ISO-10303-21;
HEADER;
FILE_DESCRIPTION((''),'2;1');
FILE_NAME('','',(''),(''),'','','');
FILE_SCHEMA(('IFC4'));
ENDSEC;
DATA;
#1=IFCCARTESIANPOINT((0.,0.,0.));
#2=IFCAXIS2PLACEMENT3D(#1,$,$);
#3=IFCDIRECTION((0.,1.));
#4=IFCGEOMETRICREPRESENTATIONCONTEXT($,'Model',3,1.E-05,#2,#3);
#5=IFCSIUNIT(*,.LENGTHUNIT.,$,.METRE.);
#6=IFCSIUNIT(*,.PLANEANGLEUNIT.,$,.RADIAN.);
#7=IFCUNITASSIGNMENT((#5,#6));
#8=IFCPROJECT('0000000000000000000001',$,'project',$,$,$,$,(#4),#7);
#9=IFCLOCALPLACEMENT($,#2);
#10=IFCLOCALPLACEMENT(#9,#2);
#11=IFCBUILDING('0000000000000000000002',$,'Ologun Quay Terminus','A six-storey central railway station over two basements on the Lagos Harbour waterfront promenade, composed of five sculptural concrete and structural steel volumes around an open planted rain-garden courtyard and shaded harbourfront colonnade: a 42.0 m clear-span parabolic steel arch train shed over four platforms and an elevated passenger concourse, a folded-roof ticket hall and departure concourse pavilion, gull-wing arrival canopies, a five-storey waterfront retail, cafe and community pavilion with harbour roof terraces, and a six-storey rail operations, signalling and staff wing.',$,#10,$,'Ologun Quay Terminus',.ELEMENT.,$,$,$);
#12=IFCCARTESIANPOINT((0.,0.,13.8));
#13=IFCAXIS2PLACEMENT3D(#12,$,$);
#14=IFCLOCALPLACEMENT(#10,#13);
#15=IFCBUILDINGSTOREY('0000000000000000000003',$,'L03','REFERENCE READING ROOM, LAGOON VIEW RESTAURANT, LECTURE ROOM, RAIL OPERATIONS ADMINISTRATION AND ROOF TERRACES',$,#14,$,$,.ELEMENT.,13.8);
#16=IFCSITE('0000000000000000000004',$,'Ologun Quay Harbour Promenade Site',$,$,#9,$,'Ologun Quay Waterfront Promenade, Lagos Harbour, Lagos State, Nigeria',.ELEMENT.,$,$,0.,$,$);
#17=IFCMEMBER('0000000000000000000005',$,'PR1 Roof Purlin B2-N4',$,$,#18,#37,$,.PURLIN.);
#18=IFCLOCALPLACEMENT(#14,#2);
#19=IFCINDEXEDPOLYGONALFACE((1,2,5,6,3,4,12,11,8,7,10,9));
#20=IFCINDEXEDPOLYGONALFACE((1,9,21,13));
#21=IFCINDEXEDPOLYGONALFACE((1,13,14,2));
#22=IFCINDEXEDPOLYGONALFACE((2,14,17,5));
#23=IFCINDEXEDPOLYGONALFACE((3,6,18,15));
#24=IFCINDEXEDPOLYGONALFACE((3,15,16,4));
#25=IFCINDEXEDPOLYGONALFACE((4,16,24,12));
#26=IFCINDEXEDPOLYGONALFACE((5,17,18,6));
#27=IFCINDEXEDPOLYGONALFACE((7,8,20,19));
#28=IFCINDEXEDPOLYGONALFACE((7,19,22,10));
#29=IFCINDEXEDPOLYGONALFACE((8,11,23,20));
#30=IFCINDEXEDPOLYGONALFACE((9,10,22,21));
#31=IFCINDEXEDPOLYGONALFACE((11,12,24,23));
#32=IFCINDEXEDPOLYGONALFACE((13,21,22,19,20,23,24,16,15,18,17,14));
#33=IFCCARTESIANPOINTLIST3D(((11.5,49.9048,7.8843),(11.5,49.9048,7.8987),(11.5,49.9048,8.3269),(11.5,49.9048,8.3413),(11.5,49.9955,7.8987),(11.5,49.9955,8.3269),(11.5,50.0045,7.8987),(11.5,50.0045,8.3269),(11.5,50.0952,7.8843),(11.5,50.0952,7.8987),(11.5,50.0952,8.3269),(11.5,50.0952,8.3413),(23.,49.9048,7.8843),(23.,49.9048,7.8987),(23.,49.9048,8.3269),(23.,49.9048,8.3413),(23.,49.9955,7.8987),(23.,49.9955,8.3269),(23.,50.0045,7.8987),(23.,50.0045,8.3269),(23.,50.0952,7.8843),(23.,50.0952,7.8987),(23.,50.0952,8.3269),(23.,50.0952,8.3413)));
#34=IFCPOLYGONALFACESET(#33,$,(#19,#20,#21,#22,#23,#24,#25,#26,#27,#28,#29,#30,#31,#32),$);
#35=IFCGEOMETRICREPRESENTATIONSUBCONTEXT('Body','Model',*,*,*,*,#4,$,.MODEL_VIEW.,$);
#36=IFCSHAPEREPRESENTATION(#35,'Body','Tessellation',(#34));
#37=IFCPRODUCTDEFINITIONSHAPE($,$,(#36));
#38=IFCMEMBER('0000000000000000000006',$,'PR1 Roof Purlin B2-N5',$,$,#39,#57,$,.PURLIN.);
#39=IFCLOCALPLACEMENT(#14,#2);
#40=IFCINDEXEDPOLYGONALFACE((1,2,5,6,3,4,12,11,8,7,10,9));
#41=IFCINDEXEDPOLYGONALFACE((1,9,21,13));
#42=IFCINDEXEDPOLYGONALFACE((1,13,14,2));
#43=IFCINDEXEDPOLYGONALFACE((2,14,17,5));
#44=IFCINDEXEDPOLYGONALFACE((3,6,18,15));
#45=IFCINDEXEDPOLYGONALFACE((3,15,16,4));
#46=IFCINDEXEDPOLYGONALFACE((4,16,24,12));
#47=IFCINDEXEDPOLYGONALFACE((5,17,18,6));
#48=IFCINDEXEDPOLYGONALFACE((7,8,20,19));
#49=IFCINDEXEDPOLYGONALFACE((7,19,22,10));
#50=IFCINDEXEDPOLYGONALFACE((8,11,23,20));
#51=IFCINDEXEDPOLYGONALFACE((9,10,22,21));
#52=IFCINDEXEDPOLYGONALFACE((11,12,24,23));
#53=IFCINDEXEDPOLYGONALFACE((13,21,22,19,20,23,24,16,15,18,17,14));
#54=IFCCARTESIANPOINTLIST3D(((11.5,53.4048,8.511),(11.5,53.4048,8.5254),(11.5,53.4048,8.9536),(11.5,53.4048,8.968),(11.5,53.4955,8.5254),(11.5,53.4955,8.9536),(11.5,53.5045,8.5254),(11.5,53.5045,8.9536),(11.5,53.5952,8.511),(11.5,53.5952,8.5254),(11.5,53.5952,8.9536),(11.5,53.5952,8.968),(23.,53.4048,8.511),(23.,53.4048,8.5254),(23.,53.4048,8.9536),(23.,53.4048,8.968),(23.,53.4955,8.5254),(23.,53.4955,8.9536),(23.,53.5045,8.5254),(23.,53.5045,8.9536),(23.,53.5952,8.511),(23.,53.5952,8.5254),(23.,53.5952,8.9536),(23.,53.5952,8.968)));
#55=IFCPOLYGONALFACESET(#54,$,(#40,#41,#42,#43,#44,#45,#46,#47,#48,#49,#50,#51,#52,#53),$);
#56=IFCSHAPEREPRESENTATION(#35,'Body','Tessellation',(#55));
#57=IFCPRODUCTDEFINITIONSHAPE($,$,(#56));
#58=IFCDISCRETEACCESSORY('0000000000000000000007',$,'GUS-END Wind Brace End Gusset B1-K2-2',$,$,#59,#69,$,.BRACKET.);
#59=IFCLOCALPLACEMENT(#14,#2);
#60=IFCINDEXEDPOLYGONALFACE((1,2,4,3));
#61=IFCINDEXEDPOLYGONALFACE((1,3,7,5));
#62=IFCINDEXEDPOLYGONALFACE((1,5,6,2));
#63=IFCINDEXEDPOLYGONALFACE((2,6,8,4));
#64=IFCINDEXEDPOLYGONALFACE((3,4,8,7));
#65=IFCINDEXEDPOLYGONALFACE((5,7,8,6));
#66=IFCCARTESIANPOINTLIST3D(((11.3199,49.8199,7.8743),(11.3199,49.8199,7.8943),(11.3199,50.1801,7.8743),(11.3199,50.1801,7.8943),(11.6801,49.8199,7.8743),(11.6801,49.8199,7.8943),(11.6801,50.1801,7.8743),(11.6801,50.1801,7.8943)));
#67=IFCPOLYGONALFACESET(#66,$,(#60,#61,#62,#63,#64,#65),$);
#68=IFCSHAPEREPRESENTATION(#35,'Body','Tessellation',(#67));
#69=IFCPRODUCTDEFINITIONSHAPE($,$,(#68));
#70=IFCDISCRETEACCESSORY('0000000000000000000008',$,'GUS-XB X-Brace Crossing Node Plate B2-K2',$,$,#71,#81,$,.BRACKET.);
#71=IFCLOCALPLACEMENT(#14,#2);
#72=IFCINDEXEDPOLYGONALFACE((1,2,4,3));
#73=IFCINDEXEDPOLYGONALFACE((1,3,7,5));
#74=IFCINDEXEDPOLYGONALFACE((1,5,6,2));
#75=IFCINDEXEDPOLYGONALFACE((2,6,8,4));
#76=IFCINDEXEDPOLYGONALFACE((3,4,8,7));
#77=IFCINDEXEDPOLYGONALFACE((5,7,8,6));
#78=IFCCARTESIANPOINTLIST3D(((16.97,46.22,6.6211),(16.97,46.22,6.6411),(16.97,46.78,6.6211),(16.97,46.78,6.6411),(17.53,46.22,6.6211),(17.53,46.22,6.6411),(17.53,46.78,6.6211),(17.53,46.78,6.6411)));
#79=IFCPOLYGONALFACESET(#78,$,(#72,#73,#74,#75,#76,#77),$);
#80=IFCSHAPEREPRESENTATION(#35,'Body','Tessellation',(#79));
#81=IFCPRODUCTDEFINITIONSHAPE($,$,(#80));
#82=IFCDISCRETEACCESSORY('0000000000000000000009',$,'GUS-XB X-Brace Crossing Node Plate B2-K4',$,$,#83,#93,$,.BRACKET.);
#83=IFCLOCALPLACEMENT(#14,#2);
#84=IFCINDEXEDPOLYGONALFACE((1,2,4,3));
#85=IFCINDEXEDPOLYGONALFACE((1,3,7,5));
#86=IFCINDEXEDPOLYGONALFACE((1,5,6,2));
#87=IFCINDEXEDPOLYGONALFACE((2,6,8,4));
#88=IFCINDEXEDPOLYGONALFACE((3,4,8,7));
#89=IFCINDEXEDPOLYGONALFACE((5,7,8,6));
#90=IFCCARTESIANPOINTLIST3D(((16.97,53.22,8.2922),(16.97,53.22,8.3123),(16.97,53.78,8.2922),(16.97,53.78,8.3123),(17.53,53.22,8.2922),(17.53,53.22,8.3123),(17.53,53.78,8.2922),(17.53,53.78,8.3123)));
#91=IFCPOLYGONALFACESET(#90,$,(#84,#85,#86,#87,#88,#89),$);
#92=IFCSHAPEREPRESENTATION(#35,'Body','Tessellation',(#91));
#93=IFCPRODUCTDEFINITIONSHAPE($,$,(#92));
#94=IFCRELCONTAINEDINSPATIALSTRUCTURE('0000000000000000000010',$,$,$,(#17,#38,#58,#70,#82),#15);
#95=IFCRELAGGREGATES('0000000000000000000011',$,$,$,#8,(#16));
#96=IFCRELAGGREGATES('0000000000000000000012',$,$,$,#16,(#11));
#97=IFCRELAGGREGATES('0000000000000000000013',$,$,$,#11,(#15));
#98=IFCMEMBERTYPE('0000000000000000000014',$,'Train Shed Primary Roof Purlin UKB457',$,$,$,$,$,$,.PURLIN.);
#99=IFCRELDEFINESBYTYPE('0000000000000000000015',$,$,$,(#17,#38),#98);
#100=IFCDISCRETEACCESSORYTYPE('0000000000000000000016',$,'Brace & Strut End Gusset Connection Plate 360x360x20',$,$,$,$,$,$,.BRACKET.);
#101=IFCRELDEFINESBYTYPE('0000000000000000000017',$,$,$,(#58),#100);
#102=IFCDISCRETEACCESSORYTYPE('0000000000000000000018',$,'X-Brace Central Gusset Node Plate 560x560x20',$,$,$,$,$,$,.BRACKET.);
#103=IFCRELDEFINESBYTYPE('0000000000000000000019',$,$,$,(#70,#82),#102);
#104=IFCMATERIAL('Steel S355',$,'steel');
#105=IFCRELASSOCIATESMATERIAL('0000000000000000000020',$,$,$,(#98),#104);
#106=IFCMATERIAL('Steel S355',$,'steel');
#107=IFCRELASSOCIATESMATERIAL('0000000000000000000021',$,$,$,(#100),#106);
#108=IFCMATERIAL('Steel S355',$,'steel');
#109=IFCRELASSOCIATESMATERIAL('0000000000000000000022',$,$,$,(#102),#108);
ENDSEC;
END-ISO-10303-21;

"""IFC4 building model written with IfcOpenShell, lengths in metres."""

from ifc_helpers import new_model, si_unit, direction, frame, origin, origin_2d, place, context, subcontext, project, spatial, rectangle, i_section, extrude, material, material_profile, profile_set, type_object, element, save


model = new_model("IFC4")

# Units and contexts
model_context = context("Model", 3, precision=1e-05, world=origin(), true_north=direction((0.0, 1.0)))
body_context = subcontext(model_context, "Body", "Model", "MODEL_VIEW")
ifc_project = project(units=[si_unit("LENGTHUNIT", "METRE"), si_unit("PLANEANGLEUNIT", "RADIAN")], contexts=[model_context])

# Site, building, storey
site_placement = place(None, origin())
site = spatial("IfcSite", under=ifc_project, at=site_placement, Name="Ologun Quay Harbour Promenade Site", LongName="Ologun Quay Waterfront Promenade, Lagos Harbour, Lagos State, Nigeria", CompositionType="ELEMENT", RefElevation=0.0)
building_placement = place(site_placement, origin())
building = spatial("IfcBuilding", under=site, at=building_placement, Name="Ologun Quay Terminus", Description="A six-storey central railway station over two basements on the Lagos Harbour waterfront promenade, composed of five sculptural concrete and structural steel volumes around an open planted rain-garden courtyard and shaded harbourfront colonnade: a 42.0 m clear-span parabolic steel arch train shed over four platforms and an elevated passenger concourse, a folded-roof ticket hall and departure concourse pavilion, gull-wing arrival canopies, a five-storey waterfront retail, cafe and community pavilion with harbour roof terraces, and a six-storey rail operations, signalling and staff wing.", LongName="Ologun Quay Terminus", CompositionType="ELEMENT")
storey_placement = place(building_placement, frame((0.0, 0.0, 13.8)))
storey = spatial("IfcBuildingStorey", under=building, at=storey_placement, Name="L03", Description="REFERENCE READING ROOM, LAGOON VIEW RESTAURANT, LECTURE ROOM, RAIL OPERATIONS ADMINISTRATION AND ROOF TERRACES", CompositionType="ELEMENT", Elevation=13.8)

# Members
ifc_material_1 = material(Name="Steel S355", Category="steel")
ifc_material_profile_1 = material_profile(ifc_material_1, i_section(OverallWidth=0.1904, OverallDepth=0.457, WebThickness=0.009, FlangeThickness=0.0144, at=origin_2d()), Name="UKB 457x191x74")
ifc_profile_set_1 = profile_set([ifc_material_profile_1], Name="Steel S355")
member_type_1 = type_object("IfcMemberType", Name="Train Shed Primary Roof Purlin UKB457", PredefinedType="PURLIN", material=ifc_profile_set_1)
for number, where, z_axis, x_axis, name in (
    (1, (11.5, 50.0, 8.1128), (1.0, 0.0, 0.0), (0.0, 1.0, 0.0), "PR1 Roof Purlin B2-N4"),
    (2, (11.5, 53.5, 8.7395), (1.0, 0.0, 0.0), (0.0, 1.0, 0.0), "PR1 Roof Purlin B2-N5"),
):
    element("IfcMember", number, at=place(storey_placement, frame(where, z_axis=z_axis, x_axis=x_axis)), inside=storey, type_object=member_type_1, Name=name, PredefinedType="PURLIN", context=body_context, shape_type="SweptSolid", body=[
        extrude(i_section(OverallWidth=0.1904, OverallDepth=0.457, WebThickness=0.009, FlangeThickness=0.0144, at=origin_2d()), origin(), (0.0, 0.0, 1.0), 11.5),
    ])

# Discrete accessories
ifc_material_2 = material(Name="Steel S355", Category="steel")
discrete_accessory_type_1 = type_object("IfcDiscreteAccessoryType", Name="Brace & Strut End Gusset Connection Plate 360x360x20", PredefinedType="BRACKET", material=ifc_material_2)
discrete_accessory_placement = place(storey_placement, frame((11.5, 50.0, 7.8743), z_axis=(0.0, 0.0, 1.0), x_axis=(1.0, 0.0, 0.0)))
element("IfcDiscreteAccessory", 3, at=discrete_accessory_placement, inside=storey, type_object=discrete_accessory_type_1, Name="GUS-END Wind Brace End Gusset B1-K2-2", PredefinedType="BRACKET", context=body_context, shape_type="SweptSolid", body=[
    extrude(rectangle(XDim=0.3601, YDim=0.3601, at=origin_2d()), origin(), (0.0, 0.0, 1.0), 0.02),
])
ifc_material_3 = material(Name="Steel S355", Category="steel")
discrete_accessory_type_2 = type_object("IfcDiscreteAccessoryType", Name="X-Brace Central Gusset Node Plate 560x560x20", PredefinedType="BRACKET", material=ifc_material_3)
for number, where, z_axis, x_axis, name in (
    (4, (17.25, 46.5, 6.6211), (0.0, 0.0, 1.0), (1.0, 0.0, 0.0), "GUS-XB X-Brace Crossing Node Plate B2-K2"),
    (5, (17.25, 53.5, 8.2922), (0.0, 0.0, 1.0), (1.0, 0.0, 0.0), "GUS-XB X-Brace Crossing Node Plate B2-K4"),
):
    element("IfcDiscreteAccessory", number, at=place(storey_placement, frame(where, z_axis=z_axis, x_axis=x_axis)), inside=storey, type_object=discrete_accessory_type_2, Name=name, PredefinedType="BRACKET", context=body_context, shape_type="SweptSolid", body=[
        extrude(rectangle(XDim=0.5601, YDim=0.5601, at=origin_2d()), origin(), (0.0, 0.0, 1.0), 0.02),
    ])

save(model, "model.ifc")
